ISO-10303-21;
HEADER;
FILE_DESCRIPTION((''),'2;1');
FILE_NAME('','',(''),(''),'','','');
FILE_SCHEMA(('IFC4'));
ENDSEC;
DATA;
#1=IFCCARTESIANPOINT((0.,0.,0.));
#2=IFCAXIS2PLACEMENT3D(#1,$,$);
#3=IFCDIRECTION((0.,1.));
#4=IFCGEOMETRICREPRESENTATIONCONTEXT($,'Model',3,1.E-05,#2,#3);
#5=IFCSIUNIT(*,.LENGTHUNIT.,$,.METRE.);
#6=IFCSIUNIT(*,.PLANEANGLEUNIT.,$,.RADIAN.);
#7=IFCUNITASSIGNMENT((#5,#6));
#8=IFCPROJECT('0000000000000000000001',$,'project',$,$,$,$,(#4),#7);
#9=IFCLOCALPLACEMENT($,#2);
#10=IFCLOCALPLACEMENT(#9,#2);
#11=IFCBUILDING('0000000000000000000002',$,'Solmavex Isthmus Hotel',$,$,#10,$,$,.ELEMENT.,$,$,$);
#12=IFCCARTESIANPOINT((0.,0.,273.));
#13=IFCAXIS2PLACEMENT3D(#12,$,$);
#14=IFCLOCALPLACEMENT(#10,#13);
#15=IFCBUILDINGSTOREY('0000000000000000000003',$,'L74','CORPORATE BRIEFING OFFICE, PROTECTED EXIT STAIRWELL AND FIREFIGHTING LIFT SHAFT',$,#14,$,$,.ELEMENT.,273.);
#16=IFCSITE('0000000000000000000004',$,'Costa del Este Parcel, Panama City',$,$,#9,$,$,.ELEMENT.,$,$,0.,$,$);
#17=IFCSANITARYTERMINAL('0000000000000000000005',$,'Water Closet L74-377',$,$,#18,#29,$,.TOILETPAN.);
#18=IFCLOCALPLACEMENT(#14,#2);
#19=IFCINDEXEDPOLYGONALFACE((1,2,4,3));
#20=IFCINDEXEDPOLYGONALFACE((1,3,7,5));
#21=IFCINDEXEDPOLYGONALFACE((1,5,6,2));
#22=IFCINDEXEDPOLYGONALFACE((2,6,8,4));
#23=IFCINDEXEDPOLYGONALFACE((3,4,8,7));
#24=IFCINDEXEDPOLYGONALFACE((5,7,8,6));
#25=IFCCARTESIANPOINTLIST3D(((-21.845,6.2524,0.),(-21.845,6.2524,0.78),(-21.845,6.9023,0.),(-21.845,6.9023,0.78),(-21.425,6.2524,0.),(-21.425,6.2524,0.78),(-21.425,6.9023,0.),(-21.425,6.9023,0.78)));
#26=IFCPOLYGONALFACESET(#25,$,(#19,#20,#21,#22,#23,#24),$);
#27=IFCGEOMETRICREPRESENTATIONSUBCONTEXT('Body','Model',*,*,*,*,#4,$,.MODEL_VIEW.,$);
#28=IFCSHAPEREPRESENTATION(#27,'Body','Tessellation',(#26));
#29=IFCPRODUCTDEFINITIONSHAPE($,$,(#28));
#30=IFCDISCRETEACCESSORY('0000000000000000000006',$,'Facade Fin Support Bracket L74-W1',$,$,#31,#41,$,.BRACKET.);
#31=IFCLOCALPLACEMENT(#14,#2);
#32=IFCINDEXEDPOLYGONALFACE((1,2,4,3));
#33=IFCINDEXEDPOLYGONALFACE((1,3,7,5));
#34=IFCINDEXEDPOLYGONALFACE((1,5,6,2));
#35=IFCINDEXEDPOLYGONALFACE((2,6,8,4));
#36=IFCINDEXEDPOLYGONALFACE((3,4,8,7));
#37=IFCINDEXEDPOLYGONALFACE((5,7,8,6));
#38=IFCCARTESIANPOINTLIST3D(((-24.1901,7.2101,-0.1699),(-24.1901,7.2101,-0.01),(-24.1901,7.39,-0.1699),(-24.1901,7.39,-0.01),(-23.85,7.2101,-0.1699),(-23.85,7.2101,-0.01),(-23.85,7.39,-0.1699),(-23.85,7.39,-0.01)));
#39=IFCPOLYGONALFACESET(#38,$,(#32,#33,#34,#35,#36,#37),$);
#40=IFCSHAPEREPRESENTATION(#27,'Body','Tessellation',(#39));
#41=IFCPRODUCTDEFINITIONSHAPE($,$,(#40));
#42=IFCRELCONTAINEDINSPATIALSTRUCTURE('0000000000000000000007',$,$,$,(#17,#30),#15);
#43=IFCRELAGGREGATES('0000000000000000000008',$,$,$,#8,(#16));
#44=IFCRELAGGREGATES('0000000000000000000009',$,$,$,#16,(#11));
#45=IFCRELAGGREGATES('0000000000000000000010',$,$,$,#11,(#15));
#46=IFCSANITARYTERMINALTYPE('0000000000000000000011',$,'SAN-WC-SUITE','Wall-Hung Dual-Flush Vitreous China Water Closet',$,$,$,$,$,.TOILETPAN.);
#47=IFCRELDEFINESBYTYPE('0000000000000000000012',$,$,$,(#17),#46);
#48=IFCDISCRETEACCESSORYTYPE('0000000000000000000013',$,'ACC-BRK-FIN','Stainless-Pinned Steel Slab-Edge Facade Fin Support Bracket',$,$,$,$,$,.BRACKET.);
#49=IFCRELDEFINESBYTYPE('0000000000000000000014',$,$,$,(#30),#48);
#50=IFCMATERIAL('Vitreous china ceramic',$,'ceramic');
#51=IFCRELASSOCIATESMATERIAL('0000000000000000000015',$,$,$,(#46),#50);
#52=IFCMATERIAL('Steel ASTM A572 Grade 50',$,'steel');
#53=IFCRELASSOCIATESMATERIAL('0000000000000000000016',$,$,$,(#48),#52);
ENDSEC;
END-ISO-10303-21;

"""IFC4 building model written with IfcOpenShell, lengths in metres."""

from ifc_helpers import new_model, si_unit, direction, frame, origin, origin_2d, place, context, subcontext, project, spatial, rectangle, extrude, material, type_object, element, save


model = new_model("IFC4")

# Units and contexts
model_context = context("Model", 3, precision=1e-05, world=origin(), true_north=direction((0.0, 1.0)))
body_context = subcontext(model_context, "Body", "Model", "MODEL_VIEW")
ifc_project = project(units=[si_unit("LENGTHUNIT", "METRE"), si_unit("PLANEANGLEUNIT", "RADIAN")], contexts=[model_context])

# Site, building, storey
site_placement = place(None, origin())
site = spatial("IfcSite", under=ifc_project, at=site_placement, Name="Costa del Este Parcel, Panama City", CompositionType="ELEMENT", RefElevation=0.0)
building_placement = place(site_placement, origin())
building = spatial("IfcBuilding", under=site, at=building_placement, Name="Solmavex Isthmus Hotel", CompositionType="ELEMENT")
storey_placement = place(building_placement, frame((0.0, 0.0, 273.0)))
storey = spatial("IfcBuildingStorey", under=building, at=storey_placement, Name="L74", Description="CORPORATE BRIEFING OFFICE, PROTECTED EXIT STAIRWELL AND FIREFIGHTING LIFT SHAFT", CompositionType="ELEMENT", Elevation=273.0)

# Sanitary terminal
ifc_material_1 = material(Name="Vitreous china ceramic", Category="ceramic")
sanitary_terminal_type_1 = type_object("IfcSanitaryTerminalType", Name="SAN-WC-SUITE", Description="Wall-Hung Dual-Flush Vitreous China Water Closet", PredefinedType="TOILETPAN", material=ifc_material_1)
sanitary_terminal_1_placement = place(storey_placement, frame((-21.635, 6.5774, 0.0), z_axis=(0.0, 0.0, 1.0), x_axis=(1.0, 0.0, 0.0)))
element("IfcSanitaryTerminal", 1, at=sanitary_terminal_1_placement, inside=storey, type_object=sanitary_terminal_type_1, Name="Water Closet L74-377", PredefinedType="TOILETPAN", context=body_context, shape_type="SweptSolid", body=[
    extrude(rectangle(XDim=0.4199, YDim=0.6499, at=origin_2d()), origin(), (0.0, 0.0, 1.0), 0.78),
])

# Discrete accessory
ifc_material_2 = material(Name="Steel ASTM A572 Grade 50", Category="steel")
discrete_accessory_type = type_object("IfcDiscreteAccessoryType", Name="ACC-BRK-FIN", Description="Stainless-Pinned Steel Slab-Edge Facade Fin Support Bracket", PredefinedType="BRACKET", material=ifc_material_2)
discrete_accessory_placement = place(storey_placement, frame((-24.02, 7.3, -0.1699), z_axis=(0.0, 0.0, 1.0), x_axis=(-1.0, 0.0, 0.0)))
element("IfcDiscreteAccessory", 2, at=discrete_accessory_placement, inside=storey, type_object=discrete_accessory_type, Name="Facade Fin Support Bracket L74-W1", PredefinedType="BRACKET", context=body_context, shape_type="SweptSolid", body=[
    extrude(rectangle(XDim=0.3401, YDim=0.1799, at=origin_2d()), origin(), (0.0, 0.0, 1.0), 0.1599),
])

save(model, "model.ifc")
